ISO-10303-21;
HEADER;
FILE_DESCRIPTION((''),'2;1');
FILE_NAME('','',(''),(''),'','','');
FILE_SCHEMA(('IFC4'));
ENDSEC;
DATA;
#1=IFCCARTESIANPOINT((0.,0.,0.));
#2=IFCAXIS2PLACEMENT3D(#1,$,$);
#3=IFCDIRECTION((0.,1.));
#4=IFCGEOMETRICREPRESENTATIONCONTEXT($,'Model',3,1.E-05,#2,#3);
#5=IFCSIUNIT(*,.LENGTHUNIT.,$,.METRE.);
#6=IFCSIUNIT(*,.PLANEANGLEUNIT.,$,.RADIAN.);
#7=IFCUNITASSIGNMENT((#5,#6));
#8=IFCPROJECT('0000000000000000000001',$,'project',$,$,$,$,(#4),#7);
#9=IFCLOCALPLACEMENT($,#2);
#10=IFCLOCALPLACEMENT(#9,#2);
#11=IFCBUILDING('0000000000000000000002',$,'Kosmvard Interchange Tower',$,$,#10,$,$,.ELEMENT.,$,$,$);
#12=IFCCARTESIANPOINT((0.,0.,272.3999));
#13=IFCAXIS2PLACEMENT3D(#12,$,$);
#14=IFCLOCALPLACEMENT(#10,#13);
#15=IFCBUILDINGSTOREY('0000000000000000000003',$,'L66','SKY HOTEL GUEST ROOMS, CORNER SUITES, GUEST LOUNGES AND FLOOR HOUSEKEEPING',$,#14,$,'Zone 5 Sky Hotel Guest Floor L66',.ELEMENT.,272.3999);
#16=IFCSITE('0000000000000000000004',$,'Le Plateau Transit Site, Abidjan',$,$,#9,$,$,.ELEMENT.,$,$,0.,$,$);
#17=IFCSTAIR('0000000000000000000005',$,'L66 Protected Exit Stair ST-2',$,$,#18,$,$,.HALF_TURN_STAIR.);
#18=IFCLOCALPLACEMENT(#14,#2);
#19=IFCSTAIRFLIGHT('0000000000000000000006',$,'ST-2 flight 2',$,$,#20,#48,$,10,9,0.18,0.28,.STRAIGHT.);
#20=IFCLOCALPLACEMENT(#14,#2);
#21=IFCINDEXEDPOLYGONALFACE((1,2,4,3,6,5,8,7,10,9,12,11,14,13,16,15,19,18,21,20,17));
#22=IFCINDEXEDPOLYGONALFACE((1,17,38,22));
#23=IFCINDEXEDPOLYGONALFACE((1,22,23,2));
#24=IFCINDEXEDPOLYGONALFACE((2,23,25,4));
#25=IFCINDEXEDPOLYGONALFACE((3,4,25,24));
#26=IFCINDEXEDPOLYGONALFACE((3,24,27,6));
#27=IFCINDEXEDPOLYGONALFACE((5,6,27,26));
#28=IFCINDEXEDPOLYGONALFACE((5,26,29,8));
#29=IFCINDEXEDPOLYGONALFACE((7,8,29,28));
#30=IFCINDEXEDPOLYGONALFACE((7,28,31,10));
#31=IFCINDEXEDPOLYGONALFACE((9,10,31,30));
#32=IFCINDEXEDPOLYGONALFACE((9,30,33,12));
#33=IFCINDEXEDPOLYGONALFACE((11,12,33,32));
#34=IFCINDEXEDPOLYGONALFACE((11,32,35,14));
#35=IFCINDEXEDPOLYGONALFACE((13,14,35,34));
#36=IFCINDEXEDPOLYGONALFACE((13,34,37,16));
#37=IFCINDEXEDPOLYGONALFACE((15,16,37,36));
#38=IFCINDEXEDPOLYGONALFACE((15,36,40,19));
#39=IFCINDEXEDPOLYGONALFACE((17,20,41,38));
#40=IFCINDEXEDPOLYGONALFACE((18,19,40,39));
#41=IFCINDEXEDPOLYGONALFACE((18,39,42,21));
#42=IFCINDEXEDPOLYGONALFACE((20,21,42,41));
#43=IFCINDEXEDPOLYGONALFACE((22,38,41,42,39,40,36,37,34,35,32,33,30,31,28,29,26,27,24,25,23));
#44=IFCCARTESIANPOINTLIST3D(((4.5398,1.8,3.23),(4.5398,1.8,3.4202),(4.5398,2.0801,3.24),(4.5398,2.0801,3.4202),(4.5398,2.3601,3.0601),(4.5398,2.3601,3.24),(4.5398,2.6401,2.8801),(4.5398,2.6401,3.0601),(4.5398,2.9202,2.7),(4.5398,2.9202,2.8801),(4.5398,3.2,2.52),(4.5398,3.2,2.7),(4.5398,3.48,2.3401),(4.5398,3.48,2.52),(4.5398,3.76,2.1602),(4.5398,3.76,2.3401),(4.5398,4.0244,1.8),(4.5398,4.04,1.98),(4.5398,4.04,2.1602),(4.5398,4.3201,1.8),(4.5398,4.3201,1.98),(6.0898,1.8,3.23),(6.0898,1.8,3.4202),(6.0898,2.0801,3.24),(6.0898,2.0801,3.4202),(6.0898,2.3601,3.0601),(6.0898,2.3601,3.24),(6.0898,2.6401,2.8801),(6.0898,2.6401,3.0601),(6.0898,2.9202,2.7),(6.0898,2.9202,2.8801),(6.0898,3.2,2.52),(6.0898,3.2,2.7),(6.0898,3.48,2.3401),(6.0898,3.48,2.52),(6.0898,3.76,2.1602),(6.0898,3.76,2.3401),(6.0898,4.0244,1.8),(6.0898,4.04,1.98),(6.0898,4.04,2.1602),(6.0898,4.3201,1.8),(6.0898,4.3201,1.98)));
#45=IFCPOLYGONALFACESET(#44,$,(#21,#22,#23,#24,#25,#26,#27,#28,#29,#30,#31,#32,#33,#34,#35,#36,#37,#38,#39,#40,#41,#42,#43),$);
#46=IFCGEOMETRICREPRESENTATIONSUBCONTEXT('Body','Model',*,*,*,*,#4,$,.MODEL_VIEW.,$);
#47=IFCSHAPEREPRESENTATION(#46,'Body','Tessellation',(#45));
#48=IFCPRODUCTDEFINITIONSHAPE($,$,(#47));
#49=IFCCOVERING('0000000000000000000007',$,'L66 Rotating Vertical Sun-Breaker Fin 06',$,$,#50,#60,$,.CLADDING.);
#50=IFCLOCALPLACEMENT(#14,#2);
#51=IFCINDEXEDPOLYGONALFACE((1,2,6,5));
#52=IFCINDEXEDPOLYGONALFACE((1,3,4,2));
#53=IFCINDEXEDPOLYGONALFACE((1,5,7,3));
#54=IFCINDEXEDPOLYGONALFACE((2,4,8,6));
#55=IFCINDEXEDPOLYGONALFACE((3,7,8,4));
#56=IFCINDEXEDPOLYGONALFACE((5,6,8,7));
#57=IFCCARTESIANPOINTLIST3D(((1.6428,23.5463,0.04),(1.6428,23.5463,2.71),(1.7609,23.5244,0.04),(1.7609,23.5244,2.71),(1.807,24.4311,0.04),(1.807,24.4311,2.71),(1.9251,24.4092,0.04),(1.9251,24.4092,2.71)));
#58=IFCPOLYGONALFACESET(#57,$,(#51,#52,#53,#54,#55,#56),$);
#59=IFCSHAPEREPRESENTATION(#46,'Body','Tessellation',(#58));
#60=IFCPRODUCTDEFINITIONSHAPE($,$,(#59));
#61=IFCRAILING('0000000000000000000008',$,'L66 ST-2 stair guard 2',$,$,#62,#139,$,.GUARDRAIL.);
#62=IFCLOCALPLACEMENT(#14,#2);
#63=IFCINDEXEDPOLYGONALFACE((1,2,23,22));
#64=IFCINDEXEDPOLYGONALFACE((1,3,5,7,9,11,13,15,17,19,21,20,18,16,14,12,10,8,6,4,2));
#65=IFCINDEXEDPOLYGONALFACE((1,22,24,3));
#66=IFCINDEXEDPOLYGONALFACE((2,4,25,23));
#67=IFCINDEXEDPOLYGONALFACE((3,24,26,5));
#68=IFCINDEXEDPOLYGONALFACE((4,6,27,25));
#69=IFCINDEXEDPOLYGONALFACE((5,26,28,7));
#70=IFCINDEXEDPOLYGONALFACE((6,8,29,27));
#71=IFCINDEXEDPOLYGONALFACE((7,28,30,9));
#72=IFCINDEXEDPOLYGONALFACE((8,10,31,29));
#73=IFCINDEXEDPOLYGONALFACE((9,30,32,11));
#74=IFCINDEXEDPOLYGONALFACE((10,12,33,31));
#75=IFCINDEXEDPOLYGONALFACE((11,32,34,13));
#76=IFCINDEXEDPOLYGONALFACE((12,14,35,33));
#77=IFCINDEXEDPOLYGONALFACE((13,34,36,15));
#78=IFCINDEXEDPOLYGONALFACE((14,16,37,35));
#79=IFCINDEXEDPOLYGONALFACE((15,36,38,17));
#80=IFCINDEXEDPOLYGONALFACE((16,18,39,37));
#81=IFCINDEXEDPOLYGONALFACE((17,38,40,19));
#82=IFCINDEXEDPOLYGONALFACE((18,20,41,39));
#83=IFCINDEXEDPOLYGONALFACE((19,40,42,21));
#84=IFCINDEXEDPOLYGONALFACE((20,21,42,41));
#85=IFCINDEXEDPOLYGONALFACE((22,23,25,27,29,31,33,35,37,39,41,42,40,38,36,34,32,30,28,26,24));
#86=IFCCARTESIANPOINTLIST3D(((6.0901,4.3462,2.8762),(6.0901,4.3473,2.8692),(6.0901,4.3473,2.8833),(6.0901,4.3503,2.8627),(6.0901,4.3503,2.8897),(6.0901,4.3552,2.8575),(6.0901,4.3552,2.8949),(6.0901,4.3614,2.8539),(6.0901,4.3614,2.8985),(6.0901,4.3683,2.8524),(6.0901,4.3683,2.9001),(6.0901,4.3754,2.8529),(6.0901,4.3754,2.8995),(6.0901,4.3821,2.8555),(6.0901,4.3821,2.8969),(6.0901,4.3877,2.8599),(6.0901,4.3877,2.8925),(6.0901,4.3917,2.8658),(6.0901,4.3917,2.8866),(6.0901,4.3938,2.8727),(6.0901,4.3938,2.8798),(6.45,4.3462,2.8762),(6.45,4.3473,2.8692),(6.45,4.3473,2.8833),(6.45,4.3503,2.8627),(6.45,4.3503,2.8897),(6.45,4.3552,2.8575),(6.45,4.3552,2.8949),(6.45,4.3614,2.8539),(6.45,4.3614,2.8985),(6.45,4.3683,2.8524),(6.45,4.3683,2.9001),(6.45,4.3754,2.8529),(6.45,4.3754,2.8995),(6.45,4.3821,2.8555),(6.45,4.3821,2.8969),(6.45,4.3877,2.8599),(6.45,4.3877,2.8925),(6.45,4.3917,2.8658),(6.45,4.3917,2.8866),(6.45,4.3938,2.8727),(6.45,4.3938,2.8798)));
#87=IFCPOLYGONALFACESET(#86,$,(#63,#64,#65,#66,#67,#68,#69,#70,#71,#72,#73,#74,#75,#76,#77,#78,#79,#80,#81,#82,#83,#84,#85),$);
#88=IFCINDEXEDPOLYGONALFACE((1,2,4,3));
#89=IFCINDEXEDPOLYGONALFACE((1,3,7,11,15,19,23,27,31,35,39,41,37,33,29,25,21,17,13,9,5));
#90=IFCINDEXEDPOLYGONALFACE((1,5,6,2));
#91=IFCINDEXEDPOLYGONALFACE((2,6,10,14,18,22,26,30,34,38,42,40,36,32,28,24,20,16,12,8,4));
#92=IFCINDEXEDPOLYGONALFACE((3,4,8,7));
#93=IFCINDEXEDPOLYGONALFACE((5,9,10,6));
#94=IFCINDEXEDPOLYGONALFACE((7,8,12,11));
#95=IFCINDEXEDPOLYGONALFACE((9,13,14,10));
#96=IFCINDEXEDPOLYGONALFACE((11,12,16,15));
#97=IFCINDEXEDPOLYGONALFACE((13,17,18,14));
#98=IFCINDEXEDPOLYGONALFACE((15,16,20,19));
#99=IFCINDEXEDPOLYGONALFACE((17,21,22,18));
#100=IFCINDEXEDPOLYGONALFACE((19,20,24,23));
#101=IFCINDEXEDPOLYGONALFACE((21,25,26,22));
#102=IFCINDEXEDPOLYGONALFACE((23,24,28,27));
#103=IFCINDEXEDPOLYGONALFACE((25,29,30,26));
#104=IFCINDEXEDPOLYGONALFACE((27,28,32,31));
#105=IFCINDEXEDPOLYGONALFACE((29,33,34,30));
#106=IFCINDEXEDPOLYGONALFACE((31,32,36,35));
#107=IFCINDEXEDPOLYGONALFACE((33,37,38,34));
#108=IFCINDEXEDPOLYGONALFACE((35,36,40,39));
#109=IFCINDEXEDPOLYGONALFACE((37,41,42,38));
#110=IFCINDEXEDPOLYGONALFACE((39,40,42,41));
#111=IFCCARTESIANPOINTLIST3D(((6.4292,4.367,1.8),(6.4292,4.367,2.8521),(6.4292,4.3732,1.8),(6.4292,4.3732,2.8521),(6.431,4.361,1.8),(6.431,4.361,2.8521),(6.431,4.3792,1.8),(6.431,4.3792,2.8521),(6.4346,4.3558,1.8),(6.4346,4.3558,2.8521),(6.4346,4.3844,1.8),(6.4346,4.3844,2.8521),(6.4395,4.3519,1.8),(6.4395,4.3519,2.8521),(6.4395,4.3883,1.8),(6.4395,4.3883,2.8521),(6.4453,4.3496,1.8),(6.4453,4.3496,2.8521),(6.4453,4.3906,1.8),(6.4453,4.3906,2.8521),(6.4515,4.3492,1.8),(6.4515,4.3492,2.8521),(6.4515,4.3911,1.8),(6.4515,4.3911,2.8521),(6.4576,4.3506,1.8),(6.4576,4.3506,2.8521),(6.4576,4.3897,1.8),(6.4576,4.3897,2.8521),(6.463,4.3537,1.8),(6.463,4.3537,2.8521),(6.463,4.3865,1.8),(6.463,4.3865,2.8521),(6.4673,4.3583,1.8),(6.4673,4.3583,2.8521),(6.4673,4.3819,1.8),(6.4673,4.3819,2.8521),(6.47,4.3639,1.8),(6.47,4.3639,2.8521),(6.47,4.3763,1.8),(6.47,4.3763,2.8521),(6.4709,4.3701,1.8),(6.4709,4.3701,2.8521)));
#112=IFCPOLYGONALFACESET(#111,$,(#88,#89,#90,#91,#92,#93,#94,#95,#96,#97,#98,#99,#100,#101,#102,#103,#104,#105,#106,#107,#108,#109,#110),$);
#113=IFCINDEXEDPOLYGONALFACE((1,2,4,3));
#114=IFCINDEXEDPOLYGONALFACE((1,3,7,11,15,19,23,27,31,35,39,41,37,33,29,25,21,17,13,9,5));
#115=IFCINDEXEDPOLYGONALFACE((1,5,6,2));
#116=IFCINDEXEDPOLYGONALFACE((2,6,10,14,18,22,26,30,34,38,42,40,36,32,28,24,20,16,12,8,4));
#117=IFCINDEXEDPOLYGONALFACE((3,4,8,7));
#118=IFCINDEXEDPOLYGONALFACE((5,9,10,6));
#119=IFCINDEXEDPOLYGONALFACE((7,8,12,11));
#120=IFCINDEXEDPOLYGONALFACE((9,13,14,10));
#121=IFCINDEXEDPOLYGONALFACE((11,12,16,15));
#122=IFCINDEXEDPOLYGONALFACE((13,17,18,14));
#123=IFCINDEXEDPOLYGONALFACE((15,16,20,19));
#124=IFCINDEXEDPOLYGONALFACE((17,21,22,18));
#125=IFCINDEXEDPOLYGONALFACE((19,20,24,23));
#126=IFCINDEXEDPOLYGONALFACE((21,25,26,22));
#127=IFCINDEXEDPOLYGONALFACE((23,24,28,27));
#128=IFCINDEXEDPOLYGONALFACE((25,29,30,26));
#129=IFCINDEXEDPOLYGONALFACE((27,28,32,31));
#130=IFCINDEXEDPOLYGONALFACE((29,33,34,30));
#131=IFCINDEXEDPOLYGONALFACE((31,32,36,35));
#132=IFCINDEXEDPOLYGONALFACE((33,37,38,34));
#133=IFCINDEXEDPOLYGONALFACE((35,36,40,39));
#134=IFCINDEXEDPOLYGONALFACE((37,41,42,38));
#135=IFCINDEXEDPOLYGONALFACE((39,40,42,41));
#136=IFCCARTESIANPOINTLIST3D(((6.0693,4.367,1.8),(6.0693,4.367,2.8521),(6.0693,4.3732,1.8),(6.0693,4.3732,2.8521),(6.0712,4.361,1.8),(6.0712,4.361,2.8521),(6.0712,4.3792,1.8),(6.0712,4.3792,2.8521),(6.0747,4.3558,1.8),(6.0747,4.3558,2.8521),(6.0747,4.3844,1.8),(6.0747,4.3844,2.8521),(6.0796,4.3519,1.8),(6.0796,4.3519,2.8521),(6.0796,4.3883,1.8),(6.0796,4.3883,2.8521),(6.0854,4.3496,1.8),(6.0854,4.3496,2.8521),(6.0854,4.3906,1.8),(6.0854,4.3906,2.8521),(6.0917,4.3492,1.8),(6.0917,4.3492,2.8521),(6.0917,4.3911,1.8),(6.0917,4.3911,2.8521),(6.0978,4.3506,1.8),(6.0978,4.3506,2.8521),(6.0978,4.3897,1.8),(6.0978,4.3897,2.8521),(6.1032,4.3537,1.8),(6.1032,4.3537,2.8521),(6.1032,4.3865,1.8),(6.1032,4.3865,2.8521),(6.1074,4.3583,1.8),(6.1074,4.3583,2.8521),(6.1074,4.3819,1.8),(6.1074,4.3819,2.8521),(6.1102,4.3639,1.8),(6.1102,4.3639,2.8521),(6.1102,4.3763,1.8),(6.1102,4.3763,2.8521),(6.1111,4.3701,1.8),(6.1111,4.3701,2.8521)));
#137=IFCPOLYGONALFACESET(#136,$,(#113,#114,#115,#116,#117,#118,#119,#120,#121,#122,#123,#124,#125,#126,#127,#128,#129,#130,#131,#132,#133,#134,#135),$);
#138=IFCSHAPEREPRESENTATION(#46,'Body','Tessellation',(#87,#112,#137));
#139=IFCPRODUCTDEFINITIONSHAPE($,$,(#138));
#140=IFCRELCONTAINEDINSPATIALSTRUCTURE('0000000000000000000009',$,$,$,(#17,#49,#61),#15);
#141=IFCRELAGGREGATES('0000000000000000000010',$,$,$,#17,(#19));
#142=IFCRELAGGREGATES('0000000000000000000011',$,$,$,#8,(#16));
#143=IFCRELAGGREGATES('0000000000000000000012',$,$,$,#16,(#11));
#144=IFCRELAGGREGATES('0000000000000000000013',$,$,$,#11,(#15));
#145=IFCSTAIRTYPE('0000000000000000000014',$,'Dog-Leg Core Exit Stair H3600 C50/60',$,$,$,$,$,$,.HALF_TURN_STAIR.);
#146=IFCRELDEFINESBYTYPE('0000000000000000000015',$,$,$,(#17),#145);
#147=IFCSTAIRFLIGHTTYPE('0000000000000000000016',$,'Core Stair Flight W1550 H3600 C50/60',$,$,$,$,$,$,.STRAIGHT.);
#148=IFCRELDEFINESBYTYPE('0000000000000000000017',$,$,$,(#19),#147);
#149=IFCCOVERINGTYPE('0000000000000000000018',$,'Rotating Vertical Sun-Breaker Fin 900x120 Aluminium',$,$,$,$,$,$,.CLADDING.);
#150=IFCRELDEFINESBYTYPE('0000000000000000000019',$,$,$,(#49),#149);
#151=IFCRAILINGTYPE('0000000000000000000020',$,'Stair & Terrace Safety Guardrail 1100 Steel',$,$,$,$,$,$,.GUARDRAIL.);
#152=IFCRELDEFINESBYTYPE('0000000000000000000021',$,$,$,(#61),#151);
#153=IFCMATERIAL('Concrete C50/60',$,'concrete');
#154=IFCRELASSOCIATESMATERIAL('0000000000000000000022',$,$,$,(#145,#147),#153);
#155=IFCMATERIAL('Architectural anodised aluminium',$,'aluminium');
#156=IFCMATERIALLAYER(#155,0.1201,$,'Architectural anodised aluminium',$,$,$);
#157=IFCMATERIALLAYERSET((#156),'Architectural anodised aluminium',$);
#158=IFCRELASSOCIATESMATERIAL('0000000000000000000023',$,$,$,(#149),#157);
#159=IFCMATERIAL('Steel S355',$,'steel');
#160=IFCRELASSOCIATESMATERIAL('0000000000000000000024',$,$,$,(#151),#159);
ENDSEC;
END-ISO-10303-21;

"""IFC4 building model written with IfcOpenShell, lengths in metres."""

from ifc_helpers import new_model, si_unit, direction, frame, origin, origin_2d, place, context, subcontext, project, spatial, polyline, rectangle, circle, outline, extrude, source, transform, mapped, material, layer, layer_set, type_object, element, aggregate, save


model = new_model("IFC4")

# Units and contexts
model_context = context("Model", 3, precision=1e-05, world=origin(), true_north=direction((0.0, 1.0)))
body_context = subcontext(model_context, "Body", "Model", "MODEL_VIEW")
ifc_project = project(units=[si_unit("LENGTHUNIT", "METRE"), si_unit("PLANEANGLEUNIT", "RADIAN")], contexts=[model_context])

# Site, building, storey
site_placement = place(None, origin())
site = spatial("IfcSite", under=ifc_project, at=site_placement, Name="Le Plateau Transit Site, Abidjan", CompositionType="ELEMENT", RefElevation=0.0)
building_placement = place(site_placement, origin())
building = spatial("IfcBuilding", under=site, at=building_placement, Name="Kosmvard Interchange Tower", CompositionType="ELEMENT")
storey_placement = place(building_placement, frame((0.0, 0.0, 272.3999)))
storey = spatial("IfcBuildingStorey", under=building, at=storey_placement, Name="L66", Description="SKY HOTEL GUEST ROOMS, CORNER SUITES, GUEST LOUNGES AND FLOOR HOUSEKEEPING", LongName="Zone 5 Sky Hotel Guest Floor L66", CompositionType="ELEMENT", Elevation=272.3999)

# Shared definitions
ifc_material_1 = material(Name="Concrete C50/60", Category="concrete")

# Shared definitions
ifc_material_2 = material(Name="Steel S355", Category="steel")

# Stair
stair_type = type_object("IfcStairType", Name="Dog-Leg Core Exit Stair H3600 C50/60", PredefinedType="HALF_TURN_STAIR", material=ifc_material_1)
stair_1_placement = place(storey_placement, origin())
stair_1 = element("IfcStair", 1, at=stair_1_placement, inside=storey, type_object=stair_type, Name="L66 Protected Exit Stair ST-2", PredefinedType="HALF_TURN_STAIR")

# Stair flight
stair_flight_type = type_object("IfcStairFlightType", Name="Core Stair Flight W1550 H3600 C50/60", PredefinedType="STRAIGHT", material=ifc_material_1)
shared_shape_1 = source(origin(), body_context, "Body", "SweptSolid", [
    extrude(outline(polyline([(0.0, 0.0), (0.0, 0.1799), (0.28, 0.1799), (0.28, 0.3601), (0.5601, 0.3601), (0.5601, 0.54), (0.8401, 0.54), (0.8401, 0.72), (1.1201, 0.72), (1.1201, 0.8999), (1.3999, 0.8999), (1.3999, 1.0801), (1.6799, 1.0801), (1.6799, 1.26), (1.96, 1.26), (1.96, 1.4399), (2.24, 1.4399), (2.24, 1.6201), (2.52, 1.6201), (2.52, 1.8), (2.52, 1.4299), (0.2957, 0.0), (0.0, 0.0)])), frame((0.0, 0.7749, 0.0), z_axis=(0.0, -1.0, 0.0), x_axis=(1.0, 0.0, 0.0)), (0.0, 0.0, 1.0), 1.55),
])
stair_flight_1_placement = place(storey_placement, frame((5.3149, 4.3201, 1.8), z_axis=(0.0, 0.0, 1.0), x_axis=(0.0, -1.0, 0.0)))
stair_flight_1 = element("IfcStairFlight", 2, at=stair_flight_1_placement, type_object=stair_flight_type, Name="ST-2 flight 2", NumberOfRisers=10, NumberOfTreads=9, PredefinedType="STRAIGHT", RiserHeight=0.18, TreadLength=0.28, context=body_context, shape_type="MappedRepresentation", body=[
    mapped(shared_shape_1, transform((0.0, 0.0, 0.0), scale=1.0)),
])
aggregate(stair_1, [stair_flight_1])

# Covering
ifc_material_3 = material(Name="Architectural anodised aluminium", Category="aluminium")
ifc_layer_1 = layer(ifc_material_3, 0.1201, Name="Architectural anodised aluminium")
ifc_layer_set_1 = layer_set([ifc_layer_1], Name="Architectural anodised aluminium")
covering_type = type_object("IfcCoveringType", Name="Rotating Vertical Sun-Breaker Fin 900x120 Aluminium", PredefinedType="CLADDING", material=ifc_layer_set_1)
shared_shape_2 = source(origin(), body_context, "Body", "SweptSolid", [
    extrude(rectangle(XDim=0.8999, YDim=0.1201, at=origin_2d()), origin(), (0.0, 0.0, 1.0), 2.6699),
])
covering_placement = place(storey_placement, frame((1.7839, 23.9778, 0.04), z_axis=(0.0, 0.0, 1.0), x_axis=(0.182407, 0.983223, 0.0)))
element("IfcCovering", 3, at=covering_placement, inside=storey, type_object=covering_type, Name="L66 Rotating Vertical Sun-Breaker Fin 06", PredefinedType="CLADDING", context=body_context, shape_type="MappedRepresentation", body=[
    mapped(shared_shape_2, transform((0.0, 0.0, 0.0), scale=1.0)),
])

# Railing
railing_type_1 = type_object("IfcRailingType", Name="Stair & Terrace Safety Guardrail 1100 Steel", PredefinedType="GUARDRAIL", material=ifc_material_2)
shared_shape_3 = source(origin(), body_context, "Body", "SweptSolid", [
    extrude(circle(Radius=0.0239, at=origin_2d()), frame((0.0, 0.0, 1.0762), z_axis=(-1.0, 0.0, 0.0), x_axis=(0.0, -1.0, 0.0)), (0.0, 0.0, 1.0), 0.3599),
    extrude(circle(Radius=0.021, at=origin_2d()), origin(), (0.0, 0.0, 1.0), 1.052),
    extrude(circle(Radius=0.021, at=origin_2d()), frame((-0.3599, 0.0, 0.0)), (0.0, 0.0, 1.0), 1.052),
])
for number, where, name in (
    (4, (6.45, 4.3701, 1.8), "L66 ST-2 stair guard 2"),
):
    element("IfcRailing", number, at=place(storey_placement, frame(where)), inside=storey, type_object=railing_type_1, Name=name, PredefinedType="GUARDRAIL", context=body_context, shape_type="MappedRepresentation", body=[
        mapped(shared_shape_3, transform((0.0, 0.0, 0.0), scale=1.0)),
    ])

save(model, "model.ifc")
